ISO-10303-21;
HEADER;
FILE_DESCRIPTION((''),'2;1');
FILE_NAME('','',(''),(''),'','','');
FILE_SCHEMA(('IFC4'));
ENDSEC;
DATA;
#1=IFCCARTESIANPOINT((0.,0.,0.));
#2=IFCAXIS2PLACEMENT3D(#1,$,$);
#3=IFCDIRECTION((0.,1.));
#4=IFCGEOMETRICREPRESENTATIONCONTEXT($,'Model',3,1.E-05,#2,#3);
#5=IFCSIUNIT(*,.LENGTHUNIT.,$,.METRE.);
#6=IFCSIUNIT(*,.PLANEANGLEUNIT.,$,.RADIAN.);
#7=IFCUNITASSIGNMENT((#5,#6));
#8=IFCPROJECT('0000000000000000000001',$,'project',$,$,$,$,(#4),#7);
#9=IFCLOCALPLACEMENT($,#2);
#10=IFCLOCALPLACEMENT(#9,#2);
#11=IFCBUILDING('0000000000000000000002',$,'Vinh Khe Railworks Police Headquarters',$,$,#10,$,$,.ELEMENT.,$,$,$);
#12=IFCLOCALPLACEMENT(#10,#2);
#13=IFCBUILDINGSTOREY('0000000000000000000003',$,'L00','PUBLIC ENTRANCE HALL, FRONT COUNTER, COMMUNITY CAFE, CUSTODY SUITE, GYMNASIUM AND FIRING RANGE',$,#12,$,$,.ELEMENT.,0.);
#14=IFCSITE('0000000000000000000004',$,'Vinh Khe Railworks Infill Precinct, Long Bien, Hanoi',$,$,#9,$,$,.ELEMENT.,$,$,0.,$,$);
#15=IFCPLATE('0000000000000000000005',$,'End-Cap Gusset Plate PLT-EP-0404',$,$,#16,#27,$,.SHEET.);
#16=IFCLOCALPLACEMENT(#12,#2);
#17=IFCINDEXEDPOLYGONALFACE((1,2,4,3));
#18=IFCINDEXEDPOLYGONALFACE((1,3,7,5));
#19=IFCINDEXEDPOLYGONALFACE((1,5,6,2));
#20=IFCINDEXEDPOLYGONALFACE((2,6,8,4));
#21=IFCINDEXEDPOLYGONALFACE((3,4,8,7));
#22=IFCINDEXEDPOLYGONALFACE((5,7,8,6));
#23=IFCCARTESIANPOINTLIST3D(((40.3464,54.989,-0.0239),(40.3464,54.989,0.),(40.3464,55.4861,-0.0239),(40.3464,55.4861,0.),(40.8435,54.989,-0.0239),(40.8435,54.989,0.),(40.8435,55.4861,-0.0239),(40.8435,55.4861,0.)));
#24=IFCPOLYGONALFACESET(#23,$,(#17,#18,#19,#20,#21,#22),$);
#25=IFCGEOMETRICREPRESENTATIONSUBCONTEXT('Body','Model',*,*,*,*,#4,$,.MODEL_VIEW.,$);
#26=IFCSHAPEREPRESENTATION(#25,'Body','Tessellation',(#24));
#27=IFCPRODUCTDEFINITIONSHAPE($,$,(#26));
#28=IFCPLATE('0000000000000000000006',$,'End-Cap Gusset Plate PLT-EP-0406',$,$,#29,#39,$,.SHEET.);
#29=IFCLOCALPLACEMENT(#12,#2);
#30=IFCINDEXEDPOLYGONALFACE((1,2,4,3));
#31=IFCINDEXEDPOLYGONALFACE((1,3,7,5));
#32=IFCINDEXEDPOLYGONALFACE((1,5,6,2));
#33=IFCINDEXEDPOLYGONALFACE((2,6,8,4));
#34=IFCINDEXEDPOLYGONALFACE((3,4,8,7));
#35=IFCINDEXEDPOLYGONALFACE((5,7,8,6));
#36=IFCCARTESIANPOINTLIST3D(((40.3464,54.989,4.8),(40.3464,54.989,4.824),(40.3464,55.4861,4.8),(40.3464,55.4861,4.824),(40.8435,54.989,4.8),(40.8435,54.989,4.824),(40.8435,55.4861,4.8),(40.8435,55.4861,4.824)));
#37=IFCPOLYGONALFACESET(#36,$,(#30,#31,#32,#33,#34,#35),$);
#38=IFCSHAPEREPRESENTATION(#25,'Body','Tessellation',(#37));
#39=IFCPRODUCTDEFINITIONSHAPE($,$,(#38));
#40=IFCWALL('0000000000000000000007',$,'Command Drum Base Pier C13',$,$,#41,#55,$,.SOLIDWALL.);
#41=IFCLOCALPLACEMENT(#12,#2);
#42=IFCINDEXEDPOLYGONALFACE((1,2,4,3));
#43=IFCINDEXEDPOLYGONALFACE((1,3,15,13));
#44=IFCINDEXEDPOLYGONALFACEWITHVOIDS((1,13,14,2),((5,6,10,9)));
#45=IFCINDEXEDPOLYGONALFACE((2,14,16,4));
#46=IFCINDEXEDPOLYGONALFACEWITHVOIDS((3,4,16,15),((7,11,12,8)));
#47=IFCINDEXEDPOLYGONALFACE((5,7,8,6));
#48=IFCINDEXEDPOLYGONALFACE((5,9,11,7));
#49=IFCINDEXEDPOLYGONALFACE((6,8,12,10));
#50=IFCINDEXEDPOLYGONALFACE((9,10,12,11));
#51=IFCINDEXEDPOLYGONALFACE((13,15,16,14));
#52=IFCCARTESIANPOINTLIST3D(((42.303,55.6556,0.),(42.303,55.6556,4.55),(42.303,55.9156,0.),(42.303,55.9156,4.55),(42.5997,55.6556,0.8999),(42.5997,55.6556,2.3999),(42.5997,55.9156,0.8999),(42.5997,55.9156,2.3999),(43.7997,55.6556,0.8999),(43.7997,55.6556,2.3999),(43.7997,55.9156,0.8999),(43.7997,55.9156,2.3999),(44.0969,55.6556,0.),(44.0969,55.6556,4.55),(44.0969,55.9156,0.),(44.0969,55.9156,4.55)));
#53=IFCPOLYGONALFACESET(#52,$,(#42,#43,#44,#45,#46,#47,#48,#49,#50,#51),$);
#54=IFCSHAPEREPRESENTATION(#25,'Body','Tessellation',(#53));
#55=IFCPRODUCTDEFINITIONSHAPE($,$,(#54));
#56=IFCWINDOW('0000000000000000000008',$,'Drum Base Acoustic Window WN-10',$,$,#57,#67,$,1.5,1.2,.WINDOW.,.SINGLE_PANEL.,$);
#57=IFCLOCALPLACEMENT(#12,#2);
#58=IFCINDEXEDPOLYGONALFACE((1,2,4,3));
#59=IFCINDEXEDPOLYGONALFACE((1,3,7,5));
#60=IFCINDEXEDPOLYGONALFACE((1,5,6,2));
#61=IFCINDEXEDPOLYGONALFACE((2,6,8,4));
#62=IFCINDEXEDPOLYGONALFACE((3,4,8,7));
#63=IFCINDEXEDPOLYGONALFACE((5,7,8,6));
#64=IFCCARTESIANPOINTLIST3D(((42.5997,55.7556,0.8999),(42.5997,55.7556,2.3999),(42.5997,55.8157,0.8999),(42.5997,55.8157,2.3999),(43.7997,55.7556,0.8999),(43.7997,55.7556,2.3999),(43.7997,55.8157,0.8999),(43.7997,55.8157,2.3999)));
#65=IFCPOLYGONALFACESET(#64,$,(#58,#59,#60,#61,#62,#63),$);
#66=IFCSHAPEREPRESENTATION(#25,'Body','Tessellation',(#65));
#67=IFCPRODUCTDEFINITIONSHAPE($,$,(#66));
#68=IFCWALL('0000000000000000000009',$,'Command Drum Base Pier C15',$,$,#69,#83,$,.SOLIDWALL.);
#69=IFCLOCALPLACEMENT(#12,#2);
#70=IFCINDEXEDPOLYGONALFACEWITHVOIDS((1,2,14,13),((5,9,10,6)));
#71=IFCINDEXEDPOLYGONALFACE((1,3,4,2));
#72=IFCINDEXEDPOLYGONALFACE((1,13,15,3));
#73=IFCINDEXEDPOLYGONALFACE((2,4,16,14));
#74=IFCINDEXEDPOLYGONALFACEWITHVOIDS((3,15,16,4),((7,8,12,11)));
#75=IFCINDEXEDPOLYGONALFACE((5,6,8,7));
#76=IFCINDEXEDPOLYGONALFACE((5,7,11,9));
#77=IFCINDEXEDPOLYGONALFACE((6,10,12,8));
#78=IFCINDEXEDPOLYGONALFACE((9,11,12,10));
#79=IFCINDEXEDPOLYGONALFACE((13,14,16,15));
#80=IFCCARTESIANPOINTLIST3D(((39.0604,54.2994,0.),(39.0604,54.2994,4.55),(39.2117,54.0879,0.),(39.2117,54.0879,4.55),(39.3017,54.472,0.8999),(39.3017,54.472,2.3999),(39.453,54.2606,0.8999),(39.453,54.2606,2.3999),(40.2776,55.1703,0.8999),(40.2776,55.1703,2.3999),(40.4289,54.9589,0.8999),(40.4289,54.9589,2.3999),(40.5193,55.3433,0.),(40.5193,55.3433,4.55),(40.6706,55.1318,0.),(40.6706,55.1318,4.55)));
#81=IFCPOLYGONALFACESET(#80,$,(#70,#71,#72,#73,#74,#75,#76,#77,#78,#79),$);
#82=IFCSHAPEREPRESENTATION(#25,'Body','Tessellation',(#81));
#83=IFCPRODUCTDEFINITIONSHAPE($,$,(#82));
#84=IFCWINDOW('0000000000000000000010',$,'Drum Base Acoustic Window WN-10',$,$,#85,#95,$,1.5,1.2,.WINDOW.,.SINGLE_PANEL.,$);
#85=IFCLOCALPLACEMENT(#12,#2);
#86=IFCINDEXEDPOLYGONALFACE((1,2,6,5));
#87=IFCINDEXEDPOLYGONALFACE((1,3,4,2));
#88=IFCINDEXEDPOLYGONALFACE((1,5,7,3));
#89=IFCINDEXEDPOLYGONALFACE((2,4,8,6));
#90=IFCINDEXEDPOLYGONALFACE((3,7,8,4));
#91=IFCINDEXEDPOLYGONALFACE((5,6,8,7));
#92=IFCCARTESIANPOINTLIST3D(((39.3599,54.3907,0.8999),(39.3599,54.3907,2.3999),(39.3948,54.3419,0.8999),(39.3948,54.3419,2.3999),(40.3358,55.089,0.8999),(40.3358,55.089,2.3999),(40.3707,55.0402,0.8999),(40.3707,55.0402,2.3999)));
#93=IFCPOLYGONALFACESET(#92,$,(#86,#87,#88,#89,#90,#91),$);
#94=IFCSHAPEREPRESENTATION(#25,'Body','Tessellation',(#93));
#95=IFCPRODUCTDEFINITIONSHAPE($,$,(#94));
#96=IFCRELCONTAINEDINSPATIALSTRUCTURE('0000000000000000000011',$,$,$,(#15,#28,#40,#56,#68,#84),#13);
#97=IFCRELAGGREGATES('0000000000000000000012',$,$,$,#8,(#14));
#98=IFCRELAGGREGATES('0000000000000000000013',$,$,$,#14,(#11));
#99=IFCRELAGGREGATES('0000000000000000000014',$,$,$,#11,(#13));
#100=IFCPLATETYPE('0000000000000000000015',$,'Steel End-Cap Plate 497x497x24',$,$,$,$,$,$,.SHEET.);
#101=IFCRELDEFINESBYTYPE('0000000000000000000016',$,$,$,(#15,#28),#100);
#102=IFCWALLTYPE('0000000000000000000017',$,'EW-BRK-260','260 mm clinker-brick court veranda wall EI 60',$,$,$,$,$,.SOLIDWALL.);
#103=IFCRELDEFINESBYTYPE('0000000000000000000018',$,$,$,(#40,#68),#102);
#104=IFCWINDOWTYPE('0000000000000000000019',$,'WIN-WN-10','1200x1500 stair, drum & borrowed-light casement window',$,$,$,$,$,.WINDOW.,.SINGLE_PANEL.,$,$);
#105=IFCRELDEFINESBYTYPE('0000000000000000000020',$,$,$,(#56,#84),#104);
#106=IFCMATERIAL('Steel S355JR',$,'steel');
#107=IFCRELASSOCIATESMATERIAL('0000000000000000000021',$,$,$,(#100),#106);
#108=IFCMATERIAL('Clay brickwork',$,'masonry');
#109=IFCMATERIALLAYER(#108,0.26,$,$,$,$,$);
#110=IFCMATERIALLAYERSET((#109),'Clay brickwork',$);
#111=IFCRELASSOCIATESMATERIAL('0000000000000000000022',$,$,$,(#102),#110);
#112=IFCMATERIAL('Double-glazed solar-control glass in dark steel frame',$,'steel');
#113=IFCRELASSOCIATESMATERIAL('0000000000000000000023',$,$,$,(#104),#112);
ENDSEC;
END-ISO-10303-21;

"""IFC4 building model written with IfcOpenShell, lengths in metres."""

from ifc_helpers import new_model, si_unit, direction, frame, frame_2d, origin, origin_2d, place, context, subcontext, project, spatial, rectangle, extrude, material, layer, layer_set, material_profile, profile_set, type_object, element, fill, save


model = new_model("IFC4")

# Units and contexts
model_context = context("Model", 3, precision=1e-05, world=origin(), true_north=direction((0.0, 1.0)))
body_context = subcontext(model_context, "Body", "Model", "MODEL_VIEW")
ifc_project = project(units=[si_unit("LENGTHUNIT", "METRE"), si_unit("PLANEANGLEUNIT", "RADIAN")], contexts=[model_context])

# Site, building, storey
site_placement = place(None, origin())
site = spatial("IfcSite", under=ifc_project, at=site_placement, Name="Vinh Khe Railworks Infill Precinct, Long Bien, Hanoi", CompositionType="ELEMENT", RefElevation=0.0)
building_placement = place(site_placement, origin())
building = spatial("IfcBuilding", under=site, at=building_placement, Name="Vinh Khe Railworks Police Headquarters", CompositionType="ELEMENT")
storey_placement = place(building_placement, origin())
storey = spatial("IfcBuildingStorey", under=building, at=storey_placement, Name="L00", Description="PUBLIC ENTRANCE HALL, FRONT COUNTER, COMMUNITY CAFE, CUSTODY SUITE, GYMNASIUM AND FIRING RANGE", CompositionType="ELEMENT", Elevation=0.0)

# Shared definitions
ifc_material_1 = material(Name="Steel S355JR", Category="steel")

# Plates
ifc_material_profile_1 = material_profile(ifc_material_1, rectangle(XDim=0.4971, YDim=0.4971, at=origin_2d()), Name="PL 497x497")
ifc_profile_set_1 = profile_set([ifc_material_profile_1], Name="Steel S355JR")
plate_type_1 = type_object("IfcPlateType", Name="Steel End-Cap Plate 497x497x24", PredefinedType="SHEET", material=ifc_profile_set_1)
for number, where, z_axis, x_axis, name in (
    (1, (40.595, 55.2375, 0.0), (0.0, 0.0, -1.0), (1.0, 0.0, 0.0), "End-Cap Gusset Plate PLT-EP-0404"),
    (2, (40.595, 55.2375, 4.8), (0.0, 0.0, 1.0), (1.0, 0.0, 0.0), "End-Cap Gusset Plate PLT-EP-0406"),
):
    element("IfcPlate", number, at=place(storey_placement, frame(where, z_axis=z_axis, x_axis=x_axis)), inside=storey, type_object=plate_type_1, Name=name, PredefinedType="SHEET", context=body_context, shape_type="SweptSolid", body=[
        extrude(rectangle(XDim=0.4971, YDim=0.4971, at=origin_2d()), origin(), (0.0, 0.0, 1.0), 0.0239),
    ])

# Walls, openings, windows
ifc_material_2 = material(Name="Clay brickwork", Category="masonry")
ifc_layer_1 = layer(ifc_material_2, 0.26)
ifc_layer_set_1 = layer_set([ifc_layer_1], Name="Clay brickwork")
wall_type = type_object("IfcWallType", Name="EW-BRK-260", Description="260 mm clinker-brick court veranda wall EI 60", PredefinedType="SOLIDWALL", material=ifc_layer_set_1)
wall_1_placement = place(storey_placement, frame((44.0969, 55.7856, 0.0), z_axis=(0.0, 0.0, 1.0), x_axis=(-1.0, 0.0, 0.0)))
wall_1 = element("IfcWall", 3, at=wall_1_placement, inside=storey, type_object=wall_type, Name="Command Drum Base Pier C13", PredefinedType="SOLIDWALL", context=body_context, shape_type="SweptSolid", body=[
    extrude(rectangle(XDim=1.7939, YDim=0.26, at=frame_2d((0.897, 0.0))), origin(), (0.0, 0.0, 1.0), 4.55),
])
opening_1_placement = place(wall_1_placement, frame((0.2971, 0.0, 0.8999)))
opening_1 = element("IfcOpeningElement", 4, at=opening_1_placement, cuts=wall_1, PredefinedType="OPENING", context=body_context, shape_type="SweptSolid", body=[
    extrude(rectangle(XDim=1.2, YDim=1.5, at=frame_2d((0.6001, 0.75))), frame((0.0, 0.145, 0.0), z_axis=(0.0, -1.0, 0.0), x_axis=(1.0, 0.0, 0.0)), (0.0, 0.0, 1.0), 0.2898),
])
ifc_material_3 = material(Name="Double-glazed solar-control glass in dark steel frame", Category="steel")
window_type = type_object("IfcWindowType", Name="WIN-WN-10", Description="1200x1500 stair, drum & borrowed-light casement window", PartitioningType="SINGLE_PANEL", PredefinedType="WINDOW", material=ifc_material_3)
window_1_placement = place(opening_1_placement, origin())
window_1 = element("IfcWindow", 5, at=window_1_placement, inside=storey, type_object=window_type, Name="Drum Base Acoustic Window WN-10", OverallHeight=1.5, OverallWidth=1.2, PartitioningType="SINGLE_PANEL", PredefinedType="WINDOW", context=body_context, shape_type="SweptSolid", body=[
    extrude(rectangle(XDim=1.2, YDim=1.5, at=frame_2d((0.6001, 0.75))), frame((0.0, 0.03, 0.0), z_axis=(0.0, -1.0, 0.0), x_axis=(1.0, 0.0, 0.0)), (0.0, 0.0, 1.0), 0.0601),
])
fill(opening_1, window_1)
wall_2_placement = place(storey_placement, frame((40.595, 55.2375, 0.0), z_axis=(0.0, 0.0, 1.0), x_axis=(-0.813255, -0.581907, 0.0)))
wall_2 = element("IfcWall", 6, at=wall_2_placement, inside=storey, type_object=wall_type, Name="Command Drum Base Pier C15", PredefinedType="SOLIDWALL", context=body_context, shape_type="SweptSolid", body=[
    extrude(rectangle(XDim=1.7939, YDim=0.26, at=frame_2d((0.897, 0.0))), origin(), (0.0, 0.0, 1.0), 4.55),
])
opening_2_placement = place(wall_2_placement, frame((0.2971, 0.0, 0.8999)))
opening_2 = element("IfcOpeningElement", 7, at=opening_2_placement, cuts=wall_2, PredefinedType="OPENING", context=body_context, shape_type="SweptSolid", body=[
    extrude(rectangle(XDim=1.2, YDim=1.5, at=frame_2d((0.6001, 0.75))), frame((0.0, 0.145, 0.0), z_axis=(0.0, -1.0, 0.0), x_axis=(1.0, 0.0, 0.0)), (0.0, 0.0, 1.0), 0.2898),
])
window_2_placement = place(opening_2_placement, origin())
window_2 = element("IfcWindow", 8, at=window_2_placement, inside=storey, type_object=window_type, Name="Drum Base Acoustic Window WN-10", OverallHeight=1.5, OverallWidth=1.2, PartitioningType="SINGLE_PANEL", PredefinedType="WINDOW", context=body_context, shape_type="SweptSolid", body=[
    extrude(rectangle(XDim=1.2, YDim=1.5, at=frame_2d((0.6001, 0.75))), frame((0.0, 0.03, 0.0), z_axis=(0.0, -1.0, 0.0), x_axis=(1.0, 0.0, 0.0)), (0.0, 0.0, 1.0), 0.0601),
])
fill(opening_2, window_2)

save(model, "model.ifc")
